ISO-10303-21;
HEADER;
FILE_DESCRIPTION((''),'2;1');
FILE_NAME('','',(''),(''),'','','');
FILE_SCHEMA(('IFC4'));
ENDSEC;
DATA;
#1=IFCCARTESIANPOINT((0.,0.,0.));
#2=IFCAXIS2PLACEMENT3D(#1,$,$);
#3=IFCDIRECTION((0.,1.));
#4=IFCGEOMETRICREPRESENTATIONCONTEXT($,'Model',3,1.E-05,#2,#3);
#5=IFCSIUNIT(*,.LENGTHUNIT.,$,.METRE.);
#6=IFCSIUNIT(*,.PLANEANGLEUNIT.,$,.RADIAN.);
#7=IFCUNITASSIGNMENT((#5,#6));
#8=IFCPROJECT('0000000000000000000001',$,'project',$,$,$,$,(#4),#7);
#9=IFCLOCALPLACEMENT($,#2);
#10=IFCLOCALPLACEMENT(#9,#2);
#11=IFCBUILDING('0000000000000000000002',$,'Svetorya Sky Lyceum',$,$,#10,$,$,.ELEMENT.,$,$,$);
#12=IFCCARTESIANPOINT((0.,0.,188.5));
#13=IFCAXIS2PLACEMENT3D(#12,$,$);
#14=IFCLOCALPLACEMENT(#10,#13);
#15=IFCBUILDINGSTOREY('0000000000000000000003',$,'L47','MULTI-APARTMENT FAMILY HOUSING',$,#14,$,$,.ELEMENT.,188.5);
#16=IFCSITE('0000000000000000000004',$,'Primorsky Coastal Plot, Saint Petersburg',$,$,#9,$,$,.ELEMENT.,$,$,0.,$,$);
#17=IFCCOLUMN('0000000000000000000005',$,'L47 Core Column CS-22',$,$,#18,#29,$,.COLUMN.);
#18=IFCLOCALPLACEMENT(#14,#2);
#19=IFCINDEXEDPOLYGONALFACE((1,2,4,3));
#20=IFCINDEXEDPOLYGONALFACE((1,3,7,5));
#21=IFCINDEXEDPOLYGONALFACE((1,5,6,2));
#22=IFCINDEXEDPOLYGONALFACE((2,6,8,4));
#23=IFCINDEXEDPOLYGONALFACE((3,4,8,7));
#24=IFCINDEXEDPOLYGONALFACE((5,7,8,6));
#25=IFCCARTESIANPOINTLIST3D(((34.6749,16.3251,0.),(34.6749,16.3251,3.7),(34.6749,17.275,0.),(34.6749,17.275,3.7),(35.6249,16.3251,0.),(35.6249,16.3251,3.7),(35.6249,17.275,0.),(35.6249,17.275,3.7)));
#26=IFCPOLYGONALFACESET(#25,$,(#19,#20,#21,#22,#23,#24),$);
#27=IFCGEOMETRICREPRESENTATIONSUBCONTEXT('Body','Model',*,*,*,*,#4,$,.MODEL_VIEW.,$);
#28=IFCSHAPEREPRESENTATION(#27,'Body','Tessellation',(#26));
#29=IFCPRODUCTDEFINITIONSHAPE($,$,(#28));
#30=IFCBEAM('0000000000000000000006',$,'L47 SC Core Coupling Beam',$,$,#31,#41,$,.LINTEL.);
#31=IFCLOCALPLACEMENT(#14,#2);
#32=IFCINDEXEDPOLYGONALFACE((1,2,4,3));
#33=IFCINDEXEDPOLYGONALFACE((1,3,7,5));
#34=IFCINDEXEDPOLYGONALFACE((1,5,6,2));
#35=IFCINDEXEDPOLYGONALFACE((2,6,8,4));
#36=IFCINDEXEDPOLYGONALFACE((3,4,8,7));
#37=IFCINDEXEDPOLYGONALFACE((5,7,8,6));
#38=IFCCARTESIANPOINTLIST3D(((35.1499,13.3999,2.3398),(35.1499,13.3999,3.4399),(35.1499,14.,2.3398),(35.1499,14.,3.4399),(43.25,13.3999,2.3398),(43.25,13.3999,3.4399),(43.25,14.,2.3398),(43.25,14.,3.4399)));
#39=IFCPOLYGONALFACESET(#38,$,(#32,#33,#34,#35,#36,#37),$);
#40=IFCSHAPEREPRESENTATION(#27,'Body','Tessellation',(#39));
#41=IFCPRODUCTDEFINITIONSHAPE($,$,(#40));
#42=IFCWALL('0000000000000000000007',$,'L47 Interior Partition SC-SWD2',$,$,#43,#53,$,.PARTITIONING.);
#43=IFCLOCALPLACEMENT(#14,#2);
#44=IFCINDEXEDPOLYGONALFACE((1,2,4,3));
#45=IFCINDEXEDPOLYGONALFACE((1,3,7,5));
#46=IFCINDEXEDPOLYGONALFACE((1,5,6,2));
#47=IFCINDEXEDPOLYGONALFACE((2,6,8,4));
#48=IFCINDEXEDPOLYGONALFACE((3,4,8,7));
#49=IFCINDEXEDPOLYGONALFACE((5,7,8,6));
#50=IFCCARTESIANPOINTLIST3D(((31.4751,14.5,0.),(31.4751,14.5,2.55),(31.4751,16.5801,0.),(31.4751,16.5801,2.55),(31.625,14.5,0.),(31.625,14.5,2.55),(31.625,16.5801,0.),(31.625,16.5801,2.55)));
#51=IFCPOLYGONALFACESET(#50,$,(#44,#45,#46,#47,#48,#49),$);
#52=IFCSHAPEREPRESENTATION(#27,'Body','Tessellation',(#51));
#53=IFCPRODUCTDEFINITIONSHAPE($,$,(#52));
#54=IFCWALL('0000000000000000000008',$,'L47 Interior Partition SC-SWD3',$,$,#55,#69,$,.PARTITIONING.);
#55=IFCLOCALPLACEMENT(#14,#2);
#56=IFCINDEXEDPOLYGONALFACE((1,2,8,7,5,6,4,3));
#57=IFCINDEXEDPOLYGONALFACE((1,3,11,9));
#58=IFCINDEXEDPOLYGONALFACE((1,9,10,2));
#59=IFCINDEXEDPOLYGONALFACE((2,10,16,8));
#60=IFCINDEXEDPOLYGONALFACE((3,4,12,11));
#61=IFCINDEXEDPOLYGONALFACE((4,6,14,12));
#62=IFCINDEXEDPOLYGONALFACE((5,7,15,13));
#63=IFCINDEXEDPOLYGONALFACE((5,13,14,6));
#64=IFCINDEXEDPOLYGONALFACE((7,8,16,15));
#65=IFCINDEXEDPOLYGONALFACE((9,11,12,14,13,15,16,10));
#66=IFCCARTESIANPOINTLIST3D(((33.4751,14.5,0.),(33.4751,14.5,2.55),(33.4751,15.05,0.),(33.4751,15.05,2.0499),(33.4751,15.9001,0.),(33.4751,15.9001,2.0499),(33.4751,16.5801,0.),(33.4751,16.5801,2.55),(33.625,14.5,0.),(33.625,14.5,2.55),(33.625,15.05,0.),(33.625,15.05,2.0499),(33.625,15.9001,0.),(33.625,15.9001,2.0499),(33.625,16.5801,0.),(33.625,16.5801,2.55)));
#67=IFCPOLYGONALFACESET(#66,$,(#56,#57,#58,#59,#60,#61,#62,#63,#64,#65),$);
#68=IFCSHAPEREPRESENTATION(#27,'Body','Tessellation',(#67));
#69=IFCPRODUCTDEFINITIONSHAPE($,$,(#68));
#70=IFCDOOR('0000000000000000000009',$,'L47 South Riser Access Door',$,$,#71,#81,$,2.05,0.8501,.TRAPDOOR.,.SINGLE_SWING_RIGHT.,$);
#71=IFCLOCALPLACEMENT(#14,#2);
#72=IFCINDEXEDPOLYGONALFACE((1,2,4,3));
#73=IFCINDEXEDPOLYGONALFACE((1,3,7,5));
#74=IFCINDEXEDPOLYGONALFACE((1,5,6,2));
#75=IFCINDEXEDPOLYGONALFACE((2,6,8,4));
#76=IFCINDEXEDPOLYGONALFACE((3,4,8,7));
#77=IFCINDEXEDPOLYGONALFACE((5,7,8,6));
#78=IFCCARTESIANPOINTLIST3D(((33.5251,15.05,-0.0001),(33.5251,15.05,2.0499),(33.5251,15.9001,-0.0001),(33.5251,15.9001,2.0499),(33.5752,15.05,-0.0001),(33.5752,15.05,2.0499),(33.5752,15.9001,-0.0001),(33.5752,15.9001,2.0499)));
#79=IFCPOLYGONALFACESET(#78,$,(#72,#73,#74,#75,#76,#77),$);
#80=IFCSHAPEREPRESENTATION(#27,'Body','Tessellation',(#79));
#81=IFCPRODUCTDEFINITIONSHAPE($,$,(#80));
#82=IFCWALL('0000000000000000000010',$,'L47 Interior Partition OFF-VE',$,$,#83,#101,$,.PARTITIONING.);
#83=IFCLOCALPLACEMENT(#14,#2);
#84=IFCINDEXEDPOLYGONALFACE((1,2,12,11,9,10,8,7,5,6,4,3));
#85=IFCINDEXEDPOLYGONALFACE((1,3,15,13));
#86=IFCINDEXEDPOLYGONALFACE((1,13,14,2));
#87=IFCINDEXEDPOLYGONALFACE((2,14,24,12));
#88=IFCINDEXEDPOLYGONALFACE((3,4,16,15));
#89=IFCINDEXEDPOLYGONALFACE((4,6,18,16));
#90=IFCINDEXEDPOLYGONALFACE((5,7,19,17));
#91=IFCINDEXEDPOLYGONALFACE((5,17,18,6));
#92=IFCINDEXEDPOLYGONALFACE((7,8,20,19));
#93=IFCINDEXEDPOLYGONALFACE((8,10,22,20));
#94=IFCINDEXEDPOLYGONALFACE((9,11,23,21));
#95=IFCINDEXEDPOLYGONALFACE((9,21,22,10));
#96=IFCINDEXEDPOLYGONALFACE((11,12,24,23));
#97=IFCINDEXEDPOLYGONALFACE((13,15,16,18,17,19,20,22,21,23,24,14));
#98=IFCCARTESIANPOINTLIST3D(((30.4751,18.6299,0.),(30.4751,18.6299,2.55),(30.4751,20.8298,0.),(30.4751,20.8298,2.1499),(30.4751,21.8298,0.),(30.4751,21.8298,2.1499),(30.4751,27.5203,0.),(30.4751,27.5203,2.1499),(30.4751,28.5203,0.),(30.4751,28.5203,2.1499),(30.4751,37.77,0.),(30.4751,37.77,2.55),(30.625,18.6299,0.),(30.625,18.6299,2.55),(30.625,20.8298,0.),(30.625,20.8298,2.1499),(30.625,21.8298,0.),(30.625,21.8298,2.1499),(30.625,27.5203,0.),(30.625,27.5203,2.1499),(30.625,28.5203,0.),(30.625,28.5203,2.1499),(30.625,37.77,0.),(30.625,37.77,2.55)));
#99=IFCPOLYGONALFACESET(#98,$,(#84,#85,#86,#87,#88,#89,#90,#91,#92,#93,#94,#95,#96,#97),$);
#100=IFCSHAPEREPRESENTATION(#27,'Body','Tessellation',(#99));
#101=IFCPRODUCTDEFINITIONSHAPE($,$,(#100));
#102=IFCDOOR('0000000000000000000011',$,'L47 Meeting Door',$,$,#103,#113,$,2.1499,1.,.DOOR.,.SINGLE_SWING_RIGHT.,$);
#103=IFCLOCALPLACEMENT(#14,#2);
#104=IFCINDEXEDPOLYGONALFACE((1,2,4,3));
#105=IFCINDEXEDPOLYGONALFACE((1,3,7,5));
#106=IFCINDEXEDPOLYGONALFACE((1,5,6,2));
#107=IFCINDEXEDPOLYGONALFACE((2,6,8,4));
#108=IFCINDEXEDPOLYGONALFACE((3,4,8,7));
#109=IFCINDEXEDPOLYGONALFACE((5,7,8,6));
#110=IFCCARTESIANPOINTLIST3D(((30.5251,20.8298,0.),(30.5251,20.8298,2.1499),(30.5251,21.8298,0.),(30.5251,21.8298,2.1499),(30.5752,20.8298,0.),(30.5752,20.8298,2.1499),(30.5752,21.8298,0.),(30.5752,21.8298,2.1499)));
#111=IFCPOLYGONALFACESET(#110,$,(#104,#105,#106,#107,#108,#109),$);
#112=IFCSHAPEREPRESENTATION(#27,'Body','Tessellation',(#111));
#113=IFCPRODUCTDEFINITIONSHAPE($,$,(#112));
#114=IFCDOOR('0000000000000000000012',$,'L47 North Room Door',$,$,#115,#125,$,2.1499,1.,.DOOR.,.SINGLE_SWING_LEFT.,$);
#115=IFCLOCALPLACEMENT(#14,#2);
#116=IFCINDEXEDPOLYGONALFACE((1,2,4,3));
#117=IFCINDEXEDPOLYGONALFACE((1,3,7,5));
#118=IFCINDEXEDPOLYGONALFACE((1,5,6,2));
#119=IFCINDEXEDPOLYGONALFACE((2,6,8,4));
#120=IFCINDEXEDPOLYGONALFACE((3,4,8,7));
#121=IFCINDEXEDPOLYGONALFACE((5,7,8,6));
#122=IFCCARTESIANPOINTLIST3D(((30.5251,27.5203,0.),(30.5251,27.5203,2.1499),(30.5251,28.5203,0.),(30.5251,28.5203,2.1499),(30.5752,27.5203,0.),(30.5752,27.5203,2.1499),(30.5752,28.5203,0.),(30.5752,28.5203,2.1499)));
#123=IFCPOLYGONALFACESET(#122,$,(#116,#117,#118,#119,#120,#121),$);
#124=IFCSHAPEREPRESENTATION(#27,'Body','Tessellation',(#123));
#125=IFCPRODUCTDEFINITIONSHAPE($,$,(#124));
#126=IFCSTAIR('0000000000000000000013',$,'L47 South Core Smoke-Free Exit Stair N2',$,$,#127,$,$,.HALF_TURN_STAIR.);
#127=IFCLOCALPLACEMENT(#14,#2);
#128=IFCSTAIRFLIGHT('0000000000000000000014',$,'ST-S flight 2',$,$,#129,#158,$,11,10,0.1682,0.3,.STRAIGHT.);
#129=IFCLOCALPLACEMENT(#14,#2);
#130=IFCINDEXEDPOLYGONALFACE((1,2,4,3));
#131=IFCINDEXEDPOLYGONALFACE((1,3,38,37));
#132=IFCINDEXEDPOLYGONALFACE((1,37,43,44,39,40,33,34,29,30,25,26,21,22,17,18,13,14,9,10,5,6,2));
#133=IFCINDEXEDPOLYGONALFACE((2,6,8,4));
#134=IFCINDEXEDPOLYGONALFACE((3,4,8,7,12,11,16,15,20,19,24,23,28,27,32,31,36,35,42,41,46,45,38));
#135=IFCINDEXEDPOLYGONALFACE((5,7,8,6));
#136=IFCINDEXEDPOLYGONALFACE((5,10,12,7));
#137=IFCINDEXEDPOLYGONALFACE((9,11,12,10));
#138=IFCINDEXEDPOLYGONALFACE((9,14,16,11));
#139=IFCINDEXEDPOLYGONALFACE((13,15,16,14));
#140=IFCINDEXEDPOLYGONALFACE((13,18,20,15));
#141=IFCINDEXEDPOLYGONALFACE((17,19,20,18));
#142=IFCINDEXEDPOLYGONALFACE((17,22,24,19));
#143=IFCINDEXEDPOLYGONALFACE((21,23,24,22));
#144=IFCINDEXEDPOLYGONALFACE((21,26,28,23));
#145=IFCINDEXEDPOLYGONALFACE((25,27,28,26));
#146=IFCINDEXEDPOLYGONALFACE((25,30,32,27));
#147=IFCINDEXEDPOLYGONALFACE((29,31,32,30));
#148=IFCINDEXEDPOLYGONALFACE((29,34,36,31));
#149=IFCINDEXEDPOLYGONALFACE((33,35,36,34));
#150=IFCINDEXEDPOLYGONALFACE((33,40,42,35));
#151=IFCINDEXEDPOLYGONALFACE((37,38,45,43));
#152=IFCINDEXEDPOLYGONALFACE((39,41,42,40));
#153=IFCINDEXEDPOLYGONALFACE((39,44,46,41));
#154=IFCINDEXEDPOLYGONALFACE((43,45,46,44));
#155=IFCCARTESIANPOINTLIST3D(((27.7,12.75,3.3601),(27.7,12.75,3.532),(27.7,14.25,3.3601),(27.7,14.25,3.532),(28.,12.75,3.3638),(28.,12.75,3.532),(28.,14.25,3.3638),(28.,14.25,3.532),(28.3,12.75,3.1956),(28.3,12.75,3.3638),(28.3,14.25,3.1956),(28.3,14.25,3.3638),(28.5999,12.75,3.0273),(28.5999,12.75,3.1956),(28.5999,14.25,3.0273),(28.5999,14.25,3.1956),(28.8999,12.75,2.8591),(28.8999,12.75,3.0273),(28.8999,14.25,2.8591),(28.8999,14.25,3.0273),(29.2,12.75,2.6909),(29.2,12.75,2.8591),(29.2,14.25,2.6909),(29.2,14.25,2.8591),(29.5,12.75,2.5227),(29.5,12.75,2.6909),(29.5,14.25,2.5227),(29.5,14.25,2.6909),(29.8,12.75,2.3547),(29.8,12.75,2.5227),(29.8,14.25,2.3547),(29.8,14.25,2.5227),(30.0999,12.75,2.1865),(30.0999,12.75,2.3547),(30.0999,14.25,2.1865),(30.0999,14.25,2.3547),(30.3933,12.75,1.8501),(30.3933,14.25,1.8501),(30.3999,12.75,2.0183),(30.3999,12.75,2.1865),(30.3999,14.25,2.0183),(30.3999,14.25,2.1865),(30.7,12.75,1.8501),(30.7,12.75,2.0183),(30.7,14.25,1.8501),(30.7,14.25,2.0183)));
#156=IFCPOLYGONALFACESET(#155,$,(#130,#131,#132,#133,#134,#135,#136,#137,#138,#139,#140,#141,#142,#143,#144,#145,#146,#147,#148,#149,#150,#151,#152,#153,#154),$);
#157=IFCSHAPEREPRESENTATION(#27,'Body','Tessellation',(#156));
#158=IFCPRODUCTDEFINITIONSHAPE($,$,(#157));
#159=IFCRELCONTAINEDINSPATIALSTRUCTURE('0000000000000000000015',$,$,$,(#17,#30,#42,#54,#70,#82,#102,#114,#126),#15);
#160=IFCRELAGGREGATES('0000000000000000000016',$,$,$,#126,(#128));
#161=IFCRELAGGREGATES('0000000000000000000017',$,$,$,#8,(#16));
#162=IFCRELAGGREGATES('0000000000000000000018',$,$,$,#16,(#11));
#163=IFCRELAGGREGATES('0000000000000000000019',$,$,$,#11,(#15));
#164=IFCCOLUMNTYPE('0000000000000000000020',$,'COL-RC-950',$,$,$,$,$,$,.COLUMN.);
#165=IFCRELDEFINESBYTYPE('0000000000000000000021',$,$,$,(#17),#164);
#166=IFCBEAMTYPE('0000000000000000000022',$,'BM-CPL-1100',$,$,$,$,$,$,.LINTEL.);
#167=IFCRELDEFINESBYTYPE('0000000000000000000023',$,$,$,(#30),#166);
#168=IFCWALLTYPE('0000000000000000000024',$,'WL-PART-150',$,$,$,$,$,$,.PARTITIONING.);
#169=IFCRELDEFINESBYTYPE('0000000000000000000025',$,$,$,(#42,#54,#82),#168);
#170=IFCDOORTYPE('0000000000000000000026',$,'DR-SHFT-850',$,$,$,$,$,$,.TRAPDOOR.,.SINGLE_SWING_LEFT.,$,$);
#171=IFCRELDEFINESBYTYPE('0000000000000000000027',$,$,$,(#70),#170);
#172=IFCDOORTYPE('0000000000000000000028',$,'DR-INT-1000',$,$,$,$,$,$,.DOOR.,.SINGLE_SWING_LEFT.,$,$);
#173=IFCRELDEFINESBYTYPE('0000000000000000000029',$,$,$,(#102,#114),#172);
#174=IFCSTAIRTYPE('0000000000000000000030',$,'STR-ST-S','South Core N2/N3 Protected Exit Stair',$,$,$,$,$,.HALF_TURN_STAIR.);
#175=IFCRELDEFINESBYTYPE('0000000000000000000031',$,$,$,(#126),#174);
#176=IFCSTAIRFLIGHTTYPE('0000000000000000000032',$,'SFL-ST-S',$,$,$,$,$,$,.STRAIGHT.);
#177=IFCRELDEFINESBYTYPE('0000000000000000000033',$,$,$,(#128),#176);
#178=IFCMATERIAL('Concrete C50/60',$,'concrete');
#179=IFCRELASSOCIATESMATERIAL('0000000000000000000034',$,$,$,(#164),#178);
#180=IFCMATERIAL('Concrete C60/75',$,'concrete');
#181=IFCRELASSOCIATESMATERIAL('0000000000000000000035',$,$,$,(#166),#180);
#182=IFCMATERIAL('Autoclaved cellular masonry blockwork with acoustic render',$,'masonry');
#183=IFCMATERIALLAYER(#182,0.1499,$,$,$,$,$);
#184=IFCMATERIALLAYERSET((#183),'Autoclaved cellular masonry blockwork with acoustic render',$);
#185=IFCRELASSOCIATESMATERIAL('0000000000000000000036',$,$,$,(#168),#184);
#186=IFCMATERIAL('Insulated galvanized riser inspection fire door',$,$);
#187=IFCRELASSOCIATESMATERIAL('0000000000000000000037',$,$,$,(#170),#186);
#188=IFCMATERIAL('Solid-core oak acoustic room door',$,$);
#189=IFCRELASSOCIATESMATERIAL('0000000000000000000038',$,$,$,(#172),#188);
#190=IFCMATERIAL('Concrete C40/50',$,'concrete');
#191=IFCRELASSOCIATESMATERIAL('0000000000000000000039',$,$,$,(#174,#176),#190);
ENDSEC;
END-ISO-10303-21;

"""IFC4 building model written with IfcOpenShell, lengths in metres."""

from ifc_helpers import new_model, si_unit, direction, frame, frame_2d, origin, origin_2d, place, context, subcontext, project, spatial, polyline, rectangle, outline, extrude, material, layer, layer_set, material_profile, profile_set, type_object, element, fill, aggregate, save


model = new_model("IFC4")

# Units and contexts
model_context = context("Model", 3, precision=1e-05, world=origin(), true_north=direction((0.0, 1.0)))
body_context = subcontext(model_context, "Body", "Model", "MODEL_VIEW")
ifc_project = project(units=[si_unit("LENGTHUNIT", "METRE"), si_unit("PLANEANGLEUNIT", "RADIAN")], contexts=[model_context])

# Site, building, storey
site_placement = place(None, origin())
site = spatial("IfcSite", under=ifc_project, at=site_placement, Name="Primorsky Coastal Plot, Saint Petersburg", CompositionType="ELEMENT", RefElevation=0.0)
building_placement = place(site_placement, origin())
building = spatial("IfcBuilding", under=site, at=building_placement, Name="Svetorya Sky Lyceum", CompositionType="ELEMENT")
storey_placement = place(building_placement, frame((0.0, 0.0, 188.5)))
storey = spatial("IfcBuildingStorey", under=building, at=storey_placement, Name="L47", Description="MULTI-APARTMENT FAMILY HOUSING", CompositionType="ELEMENT", Elevation=188.5)

# Column
ifc_material_1 = material(Name="Concrete C50/60", Category="concrete")
ifc_material_profile_1 = material_profile(ifc_material_1, rectangle(XDim=0.95, YDim=0.95, at=origin_2d()), Name="RC COL 950x950")
ifc_profile_set_1 = profile_set([ifc_material_profile_1], Name="Concrete C50/60")
column_type = type_object("IfcColumnType", Name="COL-RC-950", PredefinedType="COLUMN", material=ifc_profile_set_1)
column_placement = place(storey_placement, frame((35.1499, 16.8, 0.0), z_axis=(0.0, 0.0, 1.0), x_axis=(1.0, 0.0, 0.0)))
element("IfcColumn", 1, at=column_placement, inside=storey, type_object=column_type, Name="L47 Core Column CS-22", PredefinedType="COLUMN", context=body_context, shape_type="SweptSolid", body=[
    extrude(rectangle(XDim=0.95, YDim=0.95, at=origin_2d()), origin(), (0.0, 0.0, 1.0), 3.7),
])

# Beam
ifc_material_2 = material(Name="Concrete C60/75", Category="concrete")
ifc_material_profile_2 = material_profile(ifc_material_2, rectangle(XDim=0.6001, YDim=1.1001, at=origin_2d()), Name="RC COUPLING 600x1100")
ifc_profile_set_2 = profile_set([ifc_material_profile_2], Name="Concrete C60/75")
beam_type = type_object("IfcBeamType", Name="BM-CPL-1100", PredefinedType="LINTEL", material=ifc_profile_set_2)
beam_placement = place(storey_placement, frame((35.1499, 13.7, 2.8899), z_axis=(1.0, 0.0, 0.0), x_axis=(0.0, 1.0, 0.0)))
element("IfcBeam", 2, at=beam_placement, inside=storey, type_object=beam_type, Name="L47 SC Core Coupling Beam", PredefinedType="LINTEL", context=body_context, shape_type="SweptSolid", body=[
    extrude(rectangle(XDim=0.6001, YDim=1.1001, at=origin_2d()), origin(), (0.0, 0.0, 1.0), 8.1001),
])

# Wall
ifc_material_3 = material(Name="Autoclaved cellular masonry blockwork with acoustic render", Category="masonry")
ifc_layer = layer(ifc_material_3, 0.1499)
ifc_layer_set = layer_set([ifc_layer], Name="Autoclaved cellular masonry blockwork with acoustic render")
wall_type = type_object("IfcWallType", Name="WL-PART-150", PredefinedType="PARTITIONING", material=ifc_layer_set)
wall_1_placement = place(storey_placement, frame((31.55, 14.5, 0.0), z_axis=(0.0, 0.0, 1.0), x_axis=(0.0, 1.0, 0.0)))
element("IfcWall", 3, at=wall_1_placement, inside=storey, type_object=wall_type, Name="L47 Interior Partition SC-SWD2", PredefinedType="PARTITIONING", context=body_context, shape_type="SweptSolid", body=[
    extrude(rectangle(XDim=2.0801, YDim=0.1499, at=frame_2d((1.04, 0.0))), origin(), (0.0, 0.0, 1.0), 2.55),
])

# Wall, opening, door
wall_2_placement = place(storey_placement, frame((33.55, 14.5, 0.0), z_axis=(0.0, 0.0, 1.0), x_axis=(0.0, 1.0, 0.0)))
wall_2 = element("IfcWall", 4, at=wall_2_placement, inside=storey, type_object=wall_type, Name="L47 Interior Partition SC-SWD3", PredefinedType="PARTITIONING", context=body_context, shape_type="SweptSolid", body=[
    extrude(rectangle(XDim=2.0801, YDim=0.1499, at=frame_2d((1.04, 0.0))), origin(), (0.0, 0.0, 1.0), 2.55),
])
opening_1_placement = place(wall_2_placement, frame((0.55, 0.0, 0.0)))
opening_1 = element("IfcOpeningElement", 5, at=opening_1_placement, cuts=wall_2, PredefinedType="OPENING", context=body_context, shape_type="SweptSolid", body=[
    extrude(rectangle(XDim=0.8501, YDim=2.05, at=frame_2d((0.425, 1.0249))), frame((0.0, 0.085, 0.0), z_axis=(0.0, -1.0, 0.0), x_axis=(1.0, 0.0, 0.0)), (0.0, 0.0, 1.0), 0.1699),
])
ifc_material_4 = material(Name="Insulated galvanized riser inspection fire door")
door_type_1 = type_object("IfcDoorType", Name="DR-SHFT-850", OperationType="SINGLE_SWING_LEFT", PredefinedType="TRAPDOOR", material=ifc_material_4)
door_1_placement = place(opening_1_placement, origin())
door_1 = element("IfcDoor", 6, at=door_1_placement, inside=storey, type_object=door_type_1, Name="L47 South Riser Access Door", OperationType="SINGLE_SWING_RIGHT", OverallHeight=2.05, OverallWidth=0.8501, PredefinedType="TRAPDOOR", context=body_context, shape_type="SweptSolid", body=[
    extrude(rectangle(XDim=0.8501, YDim=2.05, at=frame_2d((0.425, 1.0249))), frame((0.0, 0.0249, 0.0), z_axis=(0.0, -1.0, 0.0), x_axis=(1.0, 0.0, 0.0)), (0.0, 0.0, 1.0), 0.05),
])
fill(opening_1, door_1)

# Wall, openings, doors
wall_3_placement = place(storey_placement, frame((30.55, 18.6299, 0.0), z_axis=(0.0, 0.0, 1.0), x_axis=(0.0, 1.0, 0.0)))
wall_3 = element("IfcWall", 7, at=wall_3_placement, inside=storey, type_object=wall_type, Name="L47 Interior Partition OFF-VE", PredefinedType="PARTITIONING", context=body_context, shape_type="SweptSolid", body=[
    extrude(rectangle(XDim=19.1401, YDim=0.1499, at=frame_2d((9.5701, 0.0))), origin(), (0.0, 0.0, 1.0), 2.55),
])
opening_2_placement = place(wall_3_placement, frame((2.2, 0.0, 0.0)))
opening_2 = element("IfcOpeningElement", 8, at=opening_2_placement, cuts=wall_3, PredefinedType="OPENING", context=body_context, shape_type="SweptSolid", body=[
    extrude(rectangle(XDim=1.0, YDim=2.1499, at=frame_2d((0.5, 1.075))), frame((0.0, 0.085, 0.0), z_axis=(0.0, -1.0, 0.0), x_axis=(1.0, 0.0, 0.0)), (0.0, 0.0, 1.0), 0.1699),
])
opening_3_placement = place(wall_3_placement, frame((8.8904, 0.0, 0.0)))
opening_3 = element("IfcOpeningElement", 9, at=opening_3_placement, cuts=wall_3, PredefinedType="OPENING", context=body_context, shape_type="SweptSolid", body=[
    extrude(rectangle(XDim=1.0, YDim=2.1499, at=frame_2d((0.5, 1.075))), frame((0.0, 0.085, 0.0), z_axis=(0.0, -1.0, 0.0), x_axis=(1.0, 0.0, 0.0)), (0.0, 0.0, 1.0), 0.1699),
])
ifc_material_5 = material(Name="Solid-core oak acoustic room door")
door_type_2 = type_object("IfcDoorType", Name="DR-INT-1000", OperationType="SINGLE_SWING_LEFT", PredefinedType="DOOR", material=ifc_material_5)
door_2_placement = place(opening_2_placement, origin())
door_2 = element("IfcDoor", 10, at=door_2_placement, inside=storey, type_object=door_type_2, Name="L47 Meeting Door", OperationType="SINGLE_SWING_RIGHT", OverallHeight=2.1499, OverallWidth=1.0, PredefinedType="DOOR", context=body_context, shape_type="SweptSolid", body=[
    extrude(rectangle(XDim=1.0, YDim=2.1499, at=frame_2d((0.5, 1.075))), frame((0.0, 0.0249, 0.0), z_axis=(0.0, -1.0, 0.0), x_axis=(1.0, 0.0, 0.0)), (0.0, 0.0, 1.0), 0.05),
])
fill(opening_2, door_2)
door_3_placement = place(opening_3_placement, origin())
door_3 = element("IfcDoor", 11, at=door_3_placement, inside=storey, type_object=door_type_2, Name="L47 North Room Door", OperationType="SINGLE_SWING_LEFT", OverallHeight=2.1499, OverallWidth=1.0, PredefinedType="DOOR", context=body_context, shape_type="SweptSolid", body=[
    extrude(rectangle(XDim=1.0, YDim=2.1499, at=frame_2d((0.5, 1.075))), frame((0.0, 0.0249, 0.0), z_axis=(0.0, -1.0, 0.0), x_axis=(1.0, 0.0, 0.0)), (0.0, 0.0, 1.0), 0.05),
])
fill(opening_3, door_3)

# Stair, stair flight
ifc_material_6 = material(Name="Concrete C40/50", Category="concrete")
stair_type = type_object("IfcStairType", Name="STR-ST-S", Description="South Core N2/N3 Protected Exit Stair", PredefinedType="HALF_TURN_STAIR", material=ifc_material_6)
stair_placement = place(storey_placement, origin())
stair = element("IfcStair", 12, at=stair_placement, inside=storey, type_object=stair_type, Name="L47 South Core Smoke-Free Exit Stair N2", PredefinedType="HALF_TURN_STAIR")
stair_flight_type = type_object("IfcStairFlightType", Name="SFL-ST-S", PredefinedType="STRAIGHT", material=ifc_material_6)
stair_flight_placement = place(storey_placement, frame((30.7, 13.5, 1.8501), z_axis=(0.0, 0.0, 1.0), x_axis=(-1.0, 0.0, 0.0)))
stair_flight = element("IfcStairFlight", 13, at=stair_flight_placement, type_object=stair_flight_type, Name="ST-S flight 2", NumberOfRisers=11, NumberOfTreads=10, PredefinedType="STRAIGHT", RiserHeight=0.1682, TreadLength=0.3, context=body_context, shape_type="SweptSolid", body=[
    extrude(outline(polyline([(0.0, 0.0), (0.0, 0.1682), (0.3, 0.1682), (0.3, 0.3364), (0.6001, 0.3364), (0.6001, 0.5046), (0.8999, 0.5046), (0.8999, 0.6726), (1.2, 0.6726), (1.2, 0.8408), (1.5, 0.8408), (1.5, 1.009), (1.8, 1.009), (1.8, 1.1772), (2.1001, 1.1772), (2.1001, 1.3455), (2.3999, 1.3455), (2.3999, 1.5137), (2.7, 1.5137), (2.7, 1.6819), (3.0, 1.6819), (3.0, 1.8501), (3.0, 1.51), (0.3066, 0.0), (0.0, 0.0)])), frame((0.0, 0.75, 0.0), z_axis=(0.0, -1.0, 0.0), x_axis=(1.0, 0.0, 0.0)), (0.0, 0.0, 1.0), 1.5),
])
aggregate(stair, [stair_flight])

save(model, "model.ifc")
